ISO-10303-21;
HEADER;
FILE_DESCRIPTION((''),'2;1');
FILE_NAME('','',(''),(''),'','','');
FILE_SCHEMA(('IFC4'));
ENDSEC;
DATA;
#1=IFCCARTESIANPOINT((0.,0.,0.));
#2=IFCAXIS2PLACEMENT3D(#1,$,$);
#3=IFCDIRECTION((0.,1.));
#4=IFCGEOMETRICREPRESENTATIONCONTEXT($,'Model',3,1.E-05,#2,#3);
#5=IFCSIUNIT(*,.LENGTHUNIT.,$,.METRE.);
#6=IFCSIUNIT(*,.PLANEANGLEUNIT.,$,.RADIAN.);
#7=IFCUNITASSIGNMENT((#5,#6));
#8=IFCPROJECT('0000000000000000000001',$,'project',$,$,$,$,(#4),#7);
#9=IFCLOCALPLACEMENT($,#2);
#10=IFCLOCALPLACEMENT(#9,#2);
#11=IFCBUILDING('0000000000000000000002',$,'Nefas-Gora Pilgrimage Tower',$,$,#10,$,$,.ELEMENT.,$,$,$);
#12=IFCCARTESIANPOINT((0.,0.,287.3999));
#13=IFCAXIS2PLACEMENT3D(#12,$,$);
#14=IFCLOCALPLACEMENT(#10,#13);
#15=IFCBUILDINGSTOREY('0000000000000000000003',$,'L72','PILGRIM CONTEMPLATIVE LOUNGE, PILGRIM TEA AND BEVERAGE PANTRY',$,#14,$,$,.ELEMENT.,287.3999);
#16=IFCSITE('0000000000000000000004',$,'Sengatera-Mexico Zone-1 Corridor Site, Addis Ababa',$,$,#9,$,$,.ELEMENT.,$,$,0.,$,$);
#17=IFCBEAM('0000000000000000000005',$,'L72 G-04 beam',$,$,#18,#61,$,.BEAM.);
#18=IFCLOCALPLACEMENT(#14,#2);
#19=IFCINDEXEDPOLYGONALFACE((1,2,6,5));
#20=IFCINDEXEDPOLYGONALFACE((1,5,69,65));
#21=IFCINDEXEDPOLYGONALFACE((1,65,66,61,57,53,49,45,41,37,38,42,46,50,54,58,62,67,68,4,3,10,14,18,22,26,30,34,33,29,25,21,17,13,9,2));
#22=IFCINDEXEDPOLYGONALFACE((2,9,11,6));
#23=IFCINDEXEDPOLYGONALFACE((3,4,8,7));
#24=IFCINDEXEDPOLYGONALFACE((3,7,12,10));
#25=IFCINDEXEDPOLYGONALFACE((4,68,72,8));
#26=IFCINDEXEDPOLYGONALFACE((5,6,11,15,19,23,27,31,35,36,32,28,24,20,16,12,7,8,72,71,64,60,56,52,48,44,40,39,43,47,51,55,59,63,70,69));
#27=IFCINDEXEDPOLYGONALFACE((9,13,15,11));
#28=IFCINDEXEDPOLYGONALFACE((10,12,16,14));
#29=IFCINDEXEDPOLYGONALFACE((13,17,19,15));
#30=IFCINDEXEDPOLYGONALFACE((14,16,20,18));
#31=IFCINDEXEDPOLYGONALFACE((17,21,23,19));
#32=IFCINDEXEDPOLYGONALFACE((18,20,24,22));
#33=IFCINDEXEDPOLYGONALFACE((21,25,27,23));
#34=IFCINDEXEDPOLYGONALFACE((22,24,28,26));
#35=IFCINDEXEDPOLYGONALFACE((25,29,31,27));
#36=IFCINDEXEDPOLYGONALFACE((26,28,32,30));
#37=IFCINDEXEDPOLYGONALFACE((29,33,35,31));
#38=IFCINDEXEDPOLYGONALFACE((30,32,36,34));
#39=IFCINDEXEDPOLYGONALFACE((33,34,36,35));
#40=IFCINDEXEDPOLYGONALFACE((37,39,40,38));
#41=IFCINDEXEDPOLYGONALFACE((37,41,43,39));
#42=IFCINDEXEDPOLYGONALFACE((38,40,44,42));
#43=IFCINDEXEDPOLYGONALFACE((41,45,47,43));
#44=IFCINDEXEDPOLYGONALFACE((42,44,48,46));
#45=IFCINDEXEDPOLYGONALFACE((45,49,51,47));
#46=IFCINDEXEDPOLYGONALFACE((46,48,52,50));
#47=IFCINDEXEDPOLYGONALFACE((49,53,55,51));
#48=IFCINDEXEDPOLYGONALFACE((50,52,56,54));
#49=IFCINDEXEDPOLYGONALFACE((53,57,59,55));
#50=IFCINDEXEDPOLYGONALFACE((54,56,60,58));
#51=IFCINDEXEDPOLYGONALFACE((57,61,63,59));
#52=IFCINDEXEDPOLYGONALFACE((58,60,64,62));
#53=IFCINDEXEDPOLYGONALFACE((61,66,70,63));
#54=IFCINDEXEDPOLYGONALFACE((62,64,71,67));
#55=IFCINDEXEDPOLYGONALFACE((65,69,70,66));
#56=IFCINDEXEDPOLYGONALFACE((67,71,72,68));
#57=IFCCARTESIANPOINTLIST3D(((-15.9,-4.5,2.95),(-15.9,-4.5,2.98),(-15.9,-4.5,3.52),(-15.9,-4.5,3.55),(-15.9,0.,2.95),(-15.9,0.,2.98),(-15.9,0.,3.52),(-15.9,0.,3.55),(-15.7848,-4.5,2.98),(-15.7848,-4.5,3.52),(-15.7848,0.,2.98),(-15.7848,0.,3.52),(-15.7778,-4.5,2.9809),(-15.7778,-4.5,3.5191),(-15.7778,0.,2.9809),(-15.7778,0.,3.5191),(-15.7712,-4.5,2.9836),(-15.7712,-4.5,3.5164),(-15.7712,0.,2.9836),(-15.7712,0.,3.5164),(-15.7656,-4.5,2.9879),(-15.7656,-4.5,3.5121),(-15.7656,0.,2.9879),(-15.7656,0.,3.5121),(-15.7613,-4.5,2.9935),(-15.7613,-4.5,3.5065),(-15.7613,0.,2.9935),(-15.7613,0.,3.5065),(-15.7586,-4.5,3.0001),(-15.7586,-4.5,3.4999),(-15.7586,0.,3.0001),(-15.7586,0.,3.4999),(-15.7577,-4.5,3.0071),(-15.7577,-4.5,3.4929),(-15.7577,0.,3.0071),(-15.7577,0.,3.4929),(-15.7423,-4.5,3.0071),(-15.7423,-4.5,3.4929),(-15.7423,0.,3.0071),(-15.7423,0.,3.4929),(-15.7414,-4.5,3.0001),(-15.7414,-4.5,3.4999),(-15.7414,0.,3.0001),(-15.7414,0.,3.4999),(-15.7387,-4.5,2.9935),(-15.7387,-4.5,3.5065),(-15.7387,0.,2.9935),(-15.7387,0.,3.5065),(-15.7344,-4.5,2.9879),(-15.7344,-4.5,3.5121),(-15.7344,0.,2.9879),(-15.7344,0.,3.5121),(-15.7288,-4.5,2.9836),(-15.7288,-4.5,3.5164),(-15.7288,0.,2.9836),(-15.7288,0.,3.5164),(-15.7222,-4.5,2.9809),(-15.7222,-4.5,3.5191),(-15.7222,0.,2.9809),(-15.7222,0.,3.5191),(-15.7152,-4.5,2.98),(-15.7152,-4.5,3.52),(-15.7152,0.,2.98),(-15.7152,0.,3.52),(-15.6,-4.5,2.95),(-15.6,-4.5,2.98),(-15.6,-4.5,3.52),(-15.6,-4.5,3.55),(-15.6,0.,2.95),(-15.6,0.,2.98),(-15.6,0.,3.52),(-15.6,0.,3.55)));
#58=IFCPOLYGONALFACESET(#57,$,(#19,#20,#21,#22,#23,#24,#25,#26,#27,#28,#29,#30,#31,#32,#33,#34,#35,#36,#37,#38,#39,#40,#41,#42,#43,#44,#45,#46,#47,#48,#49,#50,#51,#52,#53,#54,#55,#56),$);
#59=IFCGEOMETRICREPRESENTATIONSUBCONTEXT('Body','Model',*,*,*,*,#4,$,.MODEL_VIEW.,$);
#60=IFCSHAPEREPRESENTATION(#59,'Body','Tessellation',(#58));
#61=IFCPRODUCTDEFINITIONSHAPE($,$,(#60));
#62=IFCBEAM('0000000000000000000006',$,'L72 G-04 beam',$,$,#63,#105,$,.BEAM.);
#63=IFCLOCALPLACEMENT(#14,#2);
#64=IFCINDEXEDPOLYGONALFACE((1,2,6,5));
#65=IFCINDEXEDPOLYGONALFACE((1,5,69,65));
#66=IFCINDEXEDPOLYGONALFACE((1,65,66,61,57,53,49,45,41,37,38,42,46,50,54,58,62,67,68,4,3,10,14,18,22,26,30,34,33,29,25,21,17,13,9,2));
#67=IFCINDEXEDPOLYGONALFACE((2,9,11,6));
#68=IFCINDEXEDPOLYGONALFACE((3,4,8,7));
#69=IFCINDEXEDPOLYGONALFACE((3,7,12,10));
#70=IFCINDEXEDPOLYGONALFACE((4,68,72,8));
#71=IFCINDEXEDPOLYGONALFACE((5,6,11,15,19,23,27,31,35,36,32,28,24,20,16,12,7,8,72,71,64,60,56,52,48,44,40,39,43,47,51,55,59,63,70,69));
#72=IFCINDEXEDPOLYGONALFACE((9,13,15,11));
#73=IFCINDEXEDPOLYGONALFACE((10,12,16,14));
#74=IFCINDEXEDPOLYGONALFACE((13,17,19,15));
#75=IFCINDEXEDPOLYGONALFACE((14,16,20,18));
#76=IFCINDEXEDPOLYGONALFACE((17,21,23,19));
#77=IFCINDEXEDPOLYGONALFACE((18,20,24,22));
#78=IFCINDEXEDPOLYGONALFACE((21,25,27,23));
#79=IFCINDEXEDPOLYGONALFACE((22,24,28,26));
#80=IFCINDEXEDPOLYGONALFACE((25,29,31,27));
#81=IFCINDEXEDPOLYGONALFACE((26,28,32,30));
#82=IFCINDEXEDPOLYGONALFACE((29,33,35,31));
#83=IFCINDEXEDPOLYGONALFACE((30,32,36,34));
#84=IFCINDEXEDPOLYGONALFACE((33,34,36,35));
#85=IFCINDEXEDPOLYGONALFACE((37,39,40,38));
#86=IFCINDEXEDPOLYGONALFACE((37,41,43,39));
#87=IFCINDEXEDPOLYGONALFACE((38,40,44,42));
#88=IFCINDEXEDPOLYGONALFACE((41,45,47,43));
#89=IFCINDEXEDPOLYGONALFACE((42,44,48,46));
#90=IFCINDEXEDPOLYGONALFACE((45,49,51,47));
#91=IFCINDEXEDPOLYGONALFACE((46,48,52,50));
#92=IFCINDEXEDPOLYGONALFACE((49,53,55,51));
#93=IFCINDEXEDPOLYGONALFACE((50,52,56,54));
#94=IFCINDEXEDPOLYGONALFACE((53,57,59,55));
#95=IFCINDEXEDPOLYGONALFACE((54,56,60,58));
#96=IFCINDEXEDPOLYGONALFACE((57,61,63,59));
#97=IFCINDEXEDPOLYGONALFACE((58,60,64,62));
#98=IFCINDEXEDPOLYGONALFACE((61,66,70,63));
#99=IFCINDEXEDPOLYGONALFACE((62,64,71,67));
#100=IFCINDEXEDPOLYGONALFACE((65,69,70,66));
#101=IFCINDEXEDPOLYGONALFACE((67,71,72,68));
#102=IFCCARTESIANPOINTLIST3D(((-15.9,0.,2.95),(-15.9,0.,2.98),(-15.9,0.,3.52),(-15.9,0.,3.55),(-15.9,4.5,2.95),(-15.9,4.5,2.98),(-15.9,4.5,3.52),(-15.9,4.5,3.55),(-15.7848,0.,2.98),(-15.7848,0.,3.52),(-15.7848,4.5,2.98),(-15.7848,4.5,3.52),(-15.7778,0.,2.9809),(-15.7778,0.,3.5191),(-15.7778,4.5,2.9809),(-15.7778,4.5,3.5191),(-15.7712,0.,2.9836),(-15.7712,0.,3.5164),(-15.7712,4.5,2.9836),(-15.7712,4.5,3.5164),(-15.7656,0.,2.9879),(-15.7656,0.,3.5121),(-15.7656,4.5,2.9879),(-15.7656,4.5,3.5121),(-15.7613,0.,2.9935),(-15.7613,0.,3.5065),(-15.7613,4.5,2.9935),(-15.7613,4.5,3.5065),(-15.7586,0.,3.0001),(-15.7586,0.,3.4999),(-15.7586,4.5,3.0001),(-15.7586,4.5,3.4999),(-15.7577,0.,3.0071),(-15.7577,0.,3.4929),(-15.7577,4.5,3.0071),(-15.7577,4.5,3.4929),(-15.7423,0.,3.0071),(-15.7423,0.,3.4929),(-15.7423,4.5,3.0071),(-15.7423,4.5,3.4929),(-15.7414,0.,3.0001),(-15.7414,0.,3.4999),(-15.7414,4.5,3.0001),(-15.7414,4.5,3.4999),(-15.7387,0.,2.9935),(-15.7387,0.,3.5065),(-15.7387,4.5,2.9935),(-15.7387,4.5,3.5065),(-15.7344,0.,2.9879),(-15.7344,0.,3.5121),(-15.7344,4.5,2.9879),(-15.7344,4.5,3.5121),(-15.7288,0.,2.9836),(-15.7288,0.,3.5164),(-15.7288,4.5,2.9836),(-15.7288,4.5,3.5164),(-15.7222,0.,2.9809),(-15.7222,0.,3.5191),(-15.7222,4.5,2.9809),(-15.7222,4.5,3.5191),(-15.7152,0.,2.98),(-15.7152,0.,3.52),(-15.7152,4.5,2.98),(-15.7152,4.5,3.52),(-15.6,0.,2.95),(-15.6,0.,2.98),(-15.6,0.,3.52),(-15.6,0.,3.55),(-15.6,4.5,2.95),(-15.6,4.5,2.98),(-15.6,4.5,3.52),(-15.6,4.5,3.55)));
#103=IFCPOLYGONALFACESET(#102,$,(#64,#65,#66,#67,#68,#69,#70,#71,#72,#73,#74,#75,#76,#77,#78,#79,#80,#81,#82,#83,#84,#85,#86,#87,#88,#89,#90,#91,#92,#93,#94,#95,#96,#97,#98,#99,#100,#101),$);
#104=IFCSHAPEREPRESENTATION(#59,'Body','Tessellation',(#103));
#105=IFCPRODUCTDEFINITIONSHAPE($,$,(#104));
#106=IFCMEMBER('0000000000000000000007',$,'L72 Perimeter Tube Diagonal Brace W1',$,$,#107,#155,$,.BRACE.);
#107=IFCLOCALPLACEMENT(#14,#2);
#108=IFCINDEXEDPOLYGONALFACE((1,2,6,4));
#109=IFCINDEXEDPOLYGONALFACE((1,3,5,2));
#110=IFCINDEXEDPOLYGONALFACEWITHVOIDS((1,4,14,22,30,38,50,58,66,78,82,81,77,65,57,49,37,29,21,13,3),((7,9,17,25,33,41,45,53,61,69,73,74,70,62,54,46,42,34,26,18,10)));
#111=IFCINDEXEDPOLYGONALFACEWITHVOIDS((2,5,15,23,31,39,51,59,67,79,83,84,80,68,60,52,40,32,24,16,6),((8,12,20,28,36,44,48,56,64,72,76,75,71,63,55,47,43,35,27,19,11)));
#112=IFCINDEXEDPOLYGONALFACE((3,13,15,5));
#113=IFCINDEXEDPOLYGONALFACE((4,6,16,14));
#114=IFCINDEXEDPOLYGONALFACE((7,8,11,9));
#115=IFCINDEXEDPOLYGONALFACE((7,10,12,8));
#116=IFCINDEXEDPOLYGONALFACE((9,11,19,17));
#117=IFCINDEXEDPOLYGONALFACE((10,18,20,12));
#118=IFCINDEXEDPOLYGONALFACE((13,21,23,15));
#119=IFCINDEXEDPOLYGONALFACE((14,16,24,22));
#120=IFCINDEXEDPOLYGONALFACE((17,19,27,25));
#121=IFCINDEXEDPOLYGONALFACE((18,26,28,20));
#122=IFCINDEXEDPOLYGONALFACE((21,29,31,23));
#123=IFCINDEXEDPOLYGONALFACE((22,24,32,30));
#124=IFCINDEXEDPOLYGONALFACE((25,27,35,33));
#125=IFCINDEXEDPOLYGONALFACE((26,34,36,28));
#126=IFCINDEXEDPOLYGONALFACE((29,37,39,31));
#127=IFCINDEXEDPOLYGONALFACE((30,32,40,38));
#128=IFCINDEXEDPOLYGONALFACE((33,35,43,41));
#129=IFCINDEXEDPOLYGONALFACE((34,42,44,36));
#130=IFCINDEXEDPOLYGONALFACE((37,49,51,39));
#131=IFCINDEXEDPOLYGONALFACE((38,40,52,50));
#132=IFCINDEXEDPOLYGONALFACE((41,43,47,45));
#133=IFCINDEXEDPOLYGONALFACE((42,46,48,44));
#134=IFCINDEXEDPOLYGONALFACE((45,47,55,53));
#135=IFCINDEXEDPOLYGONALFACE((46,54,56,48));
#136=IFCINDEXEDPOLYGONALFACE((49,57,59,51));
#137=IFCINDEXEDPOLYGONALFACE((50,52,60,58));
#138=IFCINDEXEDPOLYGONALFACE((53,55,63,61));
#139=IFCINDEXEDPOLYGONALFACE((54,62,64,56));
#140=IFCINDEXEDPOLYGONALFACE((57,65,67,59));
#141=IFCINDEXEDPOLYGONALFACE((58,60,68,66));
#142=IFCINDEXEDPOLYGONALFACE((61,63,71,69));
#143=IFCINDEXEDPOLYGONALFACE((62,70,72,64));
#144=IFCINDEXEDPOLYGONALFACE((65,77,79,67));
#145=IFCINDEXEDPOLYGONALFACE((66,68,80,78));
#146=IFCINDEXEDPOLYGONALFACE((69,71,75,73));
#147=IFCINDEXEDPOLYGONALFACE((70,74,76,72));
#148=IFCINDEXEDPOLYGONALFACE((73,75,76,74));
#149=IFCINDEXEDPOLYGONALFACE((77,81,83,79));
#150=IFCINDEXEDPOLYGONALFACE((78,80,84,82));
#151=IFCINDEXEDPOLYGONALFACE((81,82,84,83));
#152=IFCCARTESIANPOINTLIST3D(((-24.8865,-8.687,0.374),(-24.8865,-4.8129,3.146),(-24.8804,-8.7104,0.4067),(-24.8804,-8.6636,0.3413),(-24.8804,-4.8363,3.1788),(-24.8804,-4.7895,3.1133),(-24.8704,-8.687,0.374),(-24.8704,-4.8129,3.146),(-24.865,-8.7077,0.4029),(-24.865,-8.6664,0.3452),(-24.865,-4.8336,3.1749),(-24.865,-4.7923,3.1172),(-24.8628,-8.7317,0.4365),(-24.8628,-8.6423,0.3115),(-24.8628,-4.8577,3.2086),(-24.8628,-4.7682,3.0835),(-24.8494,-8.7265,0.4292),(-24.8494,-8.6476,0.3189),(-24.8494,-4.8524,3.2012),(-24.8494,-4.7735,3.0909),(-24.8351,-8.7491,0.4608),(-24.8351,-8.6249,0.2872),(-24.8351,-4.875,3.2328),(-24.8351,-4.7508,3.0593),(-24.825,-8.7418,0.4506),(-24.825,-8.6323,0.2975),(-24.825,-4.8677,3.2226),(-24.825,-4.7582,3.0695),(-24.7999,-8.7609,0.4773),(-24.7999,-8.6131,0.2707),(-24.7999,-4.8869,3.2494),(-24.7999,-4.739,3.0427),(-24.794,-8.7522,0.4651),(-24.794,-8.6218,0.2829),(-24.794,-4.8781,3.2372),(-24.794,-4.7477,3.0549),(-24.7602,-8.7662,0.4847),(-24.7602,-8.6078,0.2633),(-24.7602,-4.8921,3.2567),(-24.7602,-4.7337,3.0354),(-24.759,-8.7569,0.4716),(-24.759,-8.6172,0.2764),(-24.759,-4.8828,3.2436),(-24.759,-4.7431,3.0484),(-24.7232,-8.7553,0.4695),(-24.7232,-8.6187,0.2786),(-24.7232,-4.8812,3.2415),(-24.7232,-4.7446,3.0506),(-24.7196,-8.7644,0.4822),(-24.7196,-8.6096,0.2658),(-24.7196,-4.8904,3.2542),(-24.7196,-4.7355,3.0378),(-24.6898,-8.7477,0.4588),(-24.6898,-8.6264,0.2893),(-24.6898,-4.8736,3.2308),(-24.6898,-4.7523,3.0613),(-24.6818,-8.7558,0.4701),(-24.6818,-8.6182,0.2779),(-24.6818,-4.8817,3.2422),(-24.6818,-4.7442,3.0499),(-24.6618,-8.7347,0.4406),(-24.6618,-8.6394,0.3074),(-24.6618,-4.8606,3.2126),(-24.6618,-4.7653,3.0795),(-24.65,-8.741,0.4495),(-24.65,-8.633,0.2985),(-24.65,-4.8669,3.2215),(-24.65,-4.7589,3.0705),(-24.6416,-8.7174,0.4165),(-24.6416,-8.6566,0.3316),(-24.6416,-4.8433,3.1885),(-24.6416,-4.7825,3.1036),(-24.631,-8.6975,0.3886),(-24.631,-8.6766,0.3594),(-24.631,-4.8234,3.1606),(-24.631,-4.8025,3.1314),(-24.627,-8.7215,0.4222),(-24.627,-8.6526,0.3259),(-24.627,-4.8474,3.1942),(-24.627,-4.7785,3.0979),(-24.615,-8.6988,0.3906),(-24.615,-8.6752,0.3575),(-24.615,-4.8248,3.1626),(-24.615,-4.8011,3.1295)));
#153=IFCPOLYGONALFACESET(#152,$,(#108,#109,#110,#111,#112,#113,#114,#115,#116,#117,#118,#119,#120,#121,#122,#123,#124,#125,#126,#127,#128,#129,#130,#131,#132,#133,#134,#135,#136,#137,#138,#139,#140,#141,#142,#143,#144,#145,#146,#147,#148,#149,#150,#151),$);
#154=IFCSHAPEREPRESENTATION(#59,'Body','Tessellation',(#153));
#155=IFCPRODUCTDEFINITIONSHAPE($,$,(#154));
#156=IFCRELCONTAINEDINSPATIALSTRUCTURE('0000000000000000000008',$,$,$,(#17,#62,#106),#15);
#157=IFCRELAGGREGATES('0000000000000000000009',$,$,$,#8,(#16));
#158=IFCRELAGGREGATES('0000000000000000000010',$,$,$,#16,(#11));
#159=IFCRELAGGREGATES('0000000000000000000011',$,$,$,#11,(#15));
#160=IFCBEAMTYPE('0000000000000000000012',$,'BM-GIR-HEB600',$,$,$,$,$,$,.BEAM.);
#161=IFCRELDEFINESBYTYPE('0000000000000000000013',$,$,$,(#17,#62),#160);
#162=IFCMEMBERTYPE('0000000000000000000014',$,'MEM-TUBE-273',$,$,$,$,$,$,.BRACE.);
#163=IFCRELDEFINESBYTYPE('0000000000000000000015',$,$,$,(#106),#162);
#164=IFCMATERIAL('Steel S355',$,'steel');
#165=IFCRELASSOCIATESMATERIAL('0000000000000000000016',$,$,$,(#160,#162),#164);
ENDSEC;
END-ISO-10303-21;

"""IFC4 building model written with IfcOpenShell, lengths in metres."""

from ifc_helpers import new_model, si_unit, direction, frame, origin, origin_2d, place, context, subcontext, project, spatial, hollow_circle, i_section, extrude, source, transform, mapped, material, material_profile, profile_set, type_object, element, save


model = new_model("IFC4")

# Units and contexts
model_context = context("Model", 3, precision=1e-05, world=origin(), true_north=direction((0.0, 1.0)))
body_context = subcontext(model_context, "Body", "Model", "MODEL_VIEW")
ifc_project = project(units=[si_unit("LENGTHUNIT", "METRE"), si_unit("PLANEANGLEUNIT", "RADIAN")], contexts=[model_context])

# Site, building, storey
site_placement = place(None, origin())
site = spatial("IfcSite", under=ifc_project, at=site_placement, Name="Sengatera-Mexico Zone-1 Corridor Site, Addis Ababa", CompositionType="ELEMENT", RefElevation=0.0)
building_placement = place(site_placement, origin())
building = spatial("IfcBuilding", under=site, at=building_placement, Name="Nefas-Gora Pilgrimage Tower", CompositionType="ELEMENT")
storey_placement = place(building_placement, frame((0.0, 0.0, 287.3999)))
storey = spatial("IfcBuildingStorey", under=building, at=storey_placement, Name="L72", Description="PILGRIM CONTEMPLATIVE LOUNGE, PILGRIM TEA AND BEVERAGE PANTRY", CompositionType="ELEMENT", Elevation=287.3999)

# Shared definitions
ifc_material_1 = material(Name="Steel S355", Category="steel")

# Beams
ifc_material_profile_1 = material_profile(ifc_material_1, i_section(OverallWidth=0.3, OverallDepth=0.6001, WebThickness=0.0154, FlangeThickness=0.03, FilletRadius=0.0271, at=origin_2d()), Name="HEB 600")
ifc_profile_set_1 = profile_set([ifc_material_profile_1], Name="Steel S355")
beam_type_1 = type_object("IfcBeamType", Name="BM-GIR-HEB600", PredefinedType="BEAM", material=ifc_profile_set_1)
shared_shape_1 = source(origin(), body_context, "Body", "SweptSolid", [
    extrude(i_section(OverallWidth=0.3, OverallDepth=0.6001, WebThickness=0.0154, FlangeThickness=0.03, FilletRadius=0.0271, at=origin_2d()), origin(), (0.0, 0.0, 1.0), 4.5),
])
for number, where, z_axis, x_axis, name in (
    (1, (-15.75, -4.5, 3.25), (0.0, 1.0, 0.0), (-1.0, 0.0, 0.0), "L72 G-04 beam"),
    (2, (-15.75, 0.0, 3.25), (0.0, 1.0, 0.0), (-1.0, 0.0, 0.0), "L72 G-04 beam"),
):
    element("IfcBeam", number, at=place(storey_placement, frame(where, z_axis=z_axis, x_axis=x_axis)), inside=storey, type_object=beam_type_1, Name=name, PredefinedType="BEAM", context=body_context, shape_type="MappedRepresentation", body=[
        mapped(shared_shape_1, transform((0.0, 0.0, 0.0), x_axis=(1.0, 0.0, 0.0), y_axis=(0.0, 1.0, 0.0), z_axis=(0.0, 0.0, 1.0), scale=1.0)),
    ])

# Member
ifc_material_profile_2 = material_profile(ifc_material_1, hollow_circle(Radius=0.1365, WallThickness=0.0161, at=origin_2d()), Name="CHS 273x16")
ifc_profile_set_2 = profile_set([ifc_material_profile_2], Name="Steel S355")
member_type_1 = type_object("IfcMemberType", Name="MEM-TUBE-273", PredefinedType="BRACE", material=ifc_profile_set_2)
shared_shape_2 = source(origin(), body_context, "Body", "SweptSolid", [
    extrude(hollow_circle(Radius=0.1365, WallThickness=0.0161, at=origin_2d()), origin(), (0.0, 0.0, 1.0), 4.7637),
])
member_1_placement = place(storey_placement, frame((-24.75, -8.687, 0.374), z_axis=(0.0, 0.813255, 0.581907), x_axis=(-1.0, 0.0, 0.0)))
element("IfcMember", 3, at=member_1_placement, inside=storey, type_object=member_type_1, Name="L72 Perimeter Tube Diagonal Brace W1", PredefinedType="BRACE", context=body_context, shape_type="MappedRepresentation", body=[
    mapped(shared_shape_2, transform((0.0, 0.0, 0.0), x_axis=(1.0, 0.0, 0.0), y_axis=(0.0, 1.0, 0.0), z_axis=(0.0, 0.0, 1.0), scale=1.0)),
])

save(model, "model.ifc")
